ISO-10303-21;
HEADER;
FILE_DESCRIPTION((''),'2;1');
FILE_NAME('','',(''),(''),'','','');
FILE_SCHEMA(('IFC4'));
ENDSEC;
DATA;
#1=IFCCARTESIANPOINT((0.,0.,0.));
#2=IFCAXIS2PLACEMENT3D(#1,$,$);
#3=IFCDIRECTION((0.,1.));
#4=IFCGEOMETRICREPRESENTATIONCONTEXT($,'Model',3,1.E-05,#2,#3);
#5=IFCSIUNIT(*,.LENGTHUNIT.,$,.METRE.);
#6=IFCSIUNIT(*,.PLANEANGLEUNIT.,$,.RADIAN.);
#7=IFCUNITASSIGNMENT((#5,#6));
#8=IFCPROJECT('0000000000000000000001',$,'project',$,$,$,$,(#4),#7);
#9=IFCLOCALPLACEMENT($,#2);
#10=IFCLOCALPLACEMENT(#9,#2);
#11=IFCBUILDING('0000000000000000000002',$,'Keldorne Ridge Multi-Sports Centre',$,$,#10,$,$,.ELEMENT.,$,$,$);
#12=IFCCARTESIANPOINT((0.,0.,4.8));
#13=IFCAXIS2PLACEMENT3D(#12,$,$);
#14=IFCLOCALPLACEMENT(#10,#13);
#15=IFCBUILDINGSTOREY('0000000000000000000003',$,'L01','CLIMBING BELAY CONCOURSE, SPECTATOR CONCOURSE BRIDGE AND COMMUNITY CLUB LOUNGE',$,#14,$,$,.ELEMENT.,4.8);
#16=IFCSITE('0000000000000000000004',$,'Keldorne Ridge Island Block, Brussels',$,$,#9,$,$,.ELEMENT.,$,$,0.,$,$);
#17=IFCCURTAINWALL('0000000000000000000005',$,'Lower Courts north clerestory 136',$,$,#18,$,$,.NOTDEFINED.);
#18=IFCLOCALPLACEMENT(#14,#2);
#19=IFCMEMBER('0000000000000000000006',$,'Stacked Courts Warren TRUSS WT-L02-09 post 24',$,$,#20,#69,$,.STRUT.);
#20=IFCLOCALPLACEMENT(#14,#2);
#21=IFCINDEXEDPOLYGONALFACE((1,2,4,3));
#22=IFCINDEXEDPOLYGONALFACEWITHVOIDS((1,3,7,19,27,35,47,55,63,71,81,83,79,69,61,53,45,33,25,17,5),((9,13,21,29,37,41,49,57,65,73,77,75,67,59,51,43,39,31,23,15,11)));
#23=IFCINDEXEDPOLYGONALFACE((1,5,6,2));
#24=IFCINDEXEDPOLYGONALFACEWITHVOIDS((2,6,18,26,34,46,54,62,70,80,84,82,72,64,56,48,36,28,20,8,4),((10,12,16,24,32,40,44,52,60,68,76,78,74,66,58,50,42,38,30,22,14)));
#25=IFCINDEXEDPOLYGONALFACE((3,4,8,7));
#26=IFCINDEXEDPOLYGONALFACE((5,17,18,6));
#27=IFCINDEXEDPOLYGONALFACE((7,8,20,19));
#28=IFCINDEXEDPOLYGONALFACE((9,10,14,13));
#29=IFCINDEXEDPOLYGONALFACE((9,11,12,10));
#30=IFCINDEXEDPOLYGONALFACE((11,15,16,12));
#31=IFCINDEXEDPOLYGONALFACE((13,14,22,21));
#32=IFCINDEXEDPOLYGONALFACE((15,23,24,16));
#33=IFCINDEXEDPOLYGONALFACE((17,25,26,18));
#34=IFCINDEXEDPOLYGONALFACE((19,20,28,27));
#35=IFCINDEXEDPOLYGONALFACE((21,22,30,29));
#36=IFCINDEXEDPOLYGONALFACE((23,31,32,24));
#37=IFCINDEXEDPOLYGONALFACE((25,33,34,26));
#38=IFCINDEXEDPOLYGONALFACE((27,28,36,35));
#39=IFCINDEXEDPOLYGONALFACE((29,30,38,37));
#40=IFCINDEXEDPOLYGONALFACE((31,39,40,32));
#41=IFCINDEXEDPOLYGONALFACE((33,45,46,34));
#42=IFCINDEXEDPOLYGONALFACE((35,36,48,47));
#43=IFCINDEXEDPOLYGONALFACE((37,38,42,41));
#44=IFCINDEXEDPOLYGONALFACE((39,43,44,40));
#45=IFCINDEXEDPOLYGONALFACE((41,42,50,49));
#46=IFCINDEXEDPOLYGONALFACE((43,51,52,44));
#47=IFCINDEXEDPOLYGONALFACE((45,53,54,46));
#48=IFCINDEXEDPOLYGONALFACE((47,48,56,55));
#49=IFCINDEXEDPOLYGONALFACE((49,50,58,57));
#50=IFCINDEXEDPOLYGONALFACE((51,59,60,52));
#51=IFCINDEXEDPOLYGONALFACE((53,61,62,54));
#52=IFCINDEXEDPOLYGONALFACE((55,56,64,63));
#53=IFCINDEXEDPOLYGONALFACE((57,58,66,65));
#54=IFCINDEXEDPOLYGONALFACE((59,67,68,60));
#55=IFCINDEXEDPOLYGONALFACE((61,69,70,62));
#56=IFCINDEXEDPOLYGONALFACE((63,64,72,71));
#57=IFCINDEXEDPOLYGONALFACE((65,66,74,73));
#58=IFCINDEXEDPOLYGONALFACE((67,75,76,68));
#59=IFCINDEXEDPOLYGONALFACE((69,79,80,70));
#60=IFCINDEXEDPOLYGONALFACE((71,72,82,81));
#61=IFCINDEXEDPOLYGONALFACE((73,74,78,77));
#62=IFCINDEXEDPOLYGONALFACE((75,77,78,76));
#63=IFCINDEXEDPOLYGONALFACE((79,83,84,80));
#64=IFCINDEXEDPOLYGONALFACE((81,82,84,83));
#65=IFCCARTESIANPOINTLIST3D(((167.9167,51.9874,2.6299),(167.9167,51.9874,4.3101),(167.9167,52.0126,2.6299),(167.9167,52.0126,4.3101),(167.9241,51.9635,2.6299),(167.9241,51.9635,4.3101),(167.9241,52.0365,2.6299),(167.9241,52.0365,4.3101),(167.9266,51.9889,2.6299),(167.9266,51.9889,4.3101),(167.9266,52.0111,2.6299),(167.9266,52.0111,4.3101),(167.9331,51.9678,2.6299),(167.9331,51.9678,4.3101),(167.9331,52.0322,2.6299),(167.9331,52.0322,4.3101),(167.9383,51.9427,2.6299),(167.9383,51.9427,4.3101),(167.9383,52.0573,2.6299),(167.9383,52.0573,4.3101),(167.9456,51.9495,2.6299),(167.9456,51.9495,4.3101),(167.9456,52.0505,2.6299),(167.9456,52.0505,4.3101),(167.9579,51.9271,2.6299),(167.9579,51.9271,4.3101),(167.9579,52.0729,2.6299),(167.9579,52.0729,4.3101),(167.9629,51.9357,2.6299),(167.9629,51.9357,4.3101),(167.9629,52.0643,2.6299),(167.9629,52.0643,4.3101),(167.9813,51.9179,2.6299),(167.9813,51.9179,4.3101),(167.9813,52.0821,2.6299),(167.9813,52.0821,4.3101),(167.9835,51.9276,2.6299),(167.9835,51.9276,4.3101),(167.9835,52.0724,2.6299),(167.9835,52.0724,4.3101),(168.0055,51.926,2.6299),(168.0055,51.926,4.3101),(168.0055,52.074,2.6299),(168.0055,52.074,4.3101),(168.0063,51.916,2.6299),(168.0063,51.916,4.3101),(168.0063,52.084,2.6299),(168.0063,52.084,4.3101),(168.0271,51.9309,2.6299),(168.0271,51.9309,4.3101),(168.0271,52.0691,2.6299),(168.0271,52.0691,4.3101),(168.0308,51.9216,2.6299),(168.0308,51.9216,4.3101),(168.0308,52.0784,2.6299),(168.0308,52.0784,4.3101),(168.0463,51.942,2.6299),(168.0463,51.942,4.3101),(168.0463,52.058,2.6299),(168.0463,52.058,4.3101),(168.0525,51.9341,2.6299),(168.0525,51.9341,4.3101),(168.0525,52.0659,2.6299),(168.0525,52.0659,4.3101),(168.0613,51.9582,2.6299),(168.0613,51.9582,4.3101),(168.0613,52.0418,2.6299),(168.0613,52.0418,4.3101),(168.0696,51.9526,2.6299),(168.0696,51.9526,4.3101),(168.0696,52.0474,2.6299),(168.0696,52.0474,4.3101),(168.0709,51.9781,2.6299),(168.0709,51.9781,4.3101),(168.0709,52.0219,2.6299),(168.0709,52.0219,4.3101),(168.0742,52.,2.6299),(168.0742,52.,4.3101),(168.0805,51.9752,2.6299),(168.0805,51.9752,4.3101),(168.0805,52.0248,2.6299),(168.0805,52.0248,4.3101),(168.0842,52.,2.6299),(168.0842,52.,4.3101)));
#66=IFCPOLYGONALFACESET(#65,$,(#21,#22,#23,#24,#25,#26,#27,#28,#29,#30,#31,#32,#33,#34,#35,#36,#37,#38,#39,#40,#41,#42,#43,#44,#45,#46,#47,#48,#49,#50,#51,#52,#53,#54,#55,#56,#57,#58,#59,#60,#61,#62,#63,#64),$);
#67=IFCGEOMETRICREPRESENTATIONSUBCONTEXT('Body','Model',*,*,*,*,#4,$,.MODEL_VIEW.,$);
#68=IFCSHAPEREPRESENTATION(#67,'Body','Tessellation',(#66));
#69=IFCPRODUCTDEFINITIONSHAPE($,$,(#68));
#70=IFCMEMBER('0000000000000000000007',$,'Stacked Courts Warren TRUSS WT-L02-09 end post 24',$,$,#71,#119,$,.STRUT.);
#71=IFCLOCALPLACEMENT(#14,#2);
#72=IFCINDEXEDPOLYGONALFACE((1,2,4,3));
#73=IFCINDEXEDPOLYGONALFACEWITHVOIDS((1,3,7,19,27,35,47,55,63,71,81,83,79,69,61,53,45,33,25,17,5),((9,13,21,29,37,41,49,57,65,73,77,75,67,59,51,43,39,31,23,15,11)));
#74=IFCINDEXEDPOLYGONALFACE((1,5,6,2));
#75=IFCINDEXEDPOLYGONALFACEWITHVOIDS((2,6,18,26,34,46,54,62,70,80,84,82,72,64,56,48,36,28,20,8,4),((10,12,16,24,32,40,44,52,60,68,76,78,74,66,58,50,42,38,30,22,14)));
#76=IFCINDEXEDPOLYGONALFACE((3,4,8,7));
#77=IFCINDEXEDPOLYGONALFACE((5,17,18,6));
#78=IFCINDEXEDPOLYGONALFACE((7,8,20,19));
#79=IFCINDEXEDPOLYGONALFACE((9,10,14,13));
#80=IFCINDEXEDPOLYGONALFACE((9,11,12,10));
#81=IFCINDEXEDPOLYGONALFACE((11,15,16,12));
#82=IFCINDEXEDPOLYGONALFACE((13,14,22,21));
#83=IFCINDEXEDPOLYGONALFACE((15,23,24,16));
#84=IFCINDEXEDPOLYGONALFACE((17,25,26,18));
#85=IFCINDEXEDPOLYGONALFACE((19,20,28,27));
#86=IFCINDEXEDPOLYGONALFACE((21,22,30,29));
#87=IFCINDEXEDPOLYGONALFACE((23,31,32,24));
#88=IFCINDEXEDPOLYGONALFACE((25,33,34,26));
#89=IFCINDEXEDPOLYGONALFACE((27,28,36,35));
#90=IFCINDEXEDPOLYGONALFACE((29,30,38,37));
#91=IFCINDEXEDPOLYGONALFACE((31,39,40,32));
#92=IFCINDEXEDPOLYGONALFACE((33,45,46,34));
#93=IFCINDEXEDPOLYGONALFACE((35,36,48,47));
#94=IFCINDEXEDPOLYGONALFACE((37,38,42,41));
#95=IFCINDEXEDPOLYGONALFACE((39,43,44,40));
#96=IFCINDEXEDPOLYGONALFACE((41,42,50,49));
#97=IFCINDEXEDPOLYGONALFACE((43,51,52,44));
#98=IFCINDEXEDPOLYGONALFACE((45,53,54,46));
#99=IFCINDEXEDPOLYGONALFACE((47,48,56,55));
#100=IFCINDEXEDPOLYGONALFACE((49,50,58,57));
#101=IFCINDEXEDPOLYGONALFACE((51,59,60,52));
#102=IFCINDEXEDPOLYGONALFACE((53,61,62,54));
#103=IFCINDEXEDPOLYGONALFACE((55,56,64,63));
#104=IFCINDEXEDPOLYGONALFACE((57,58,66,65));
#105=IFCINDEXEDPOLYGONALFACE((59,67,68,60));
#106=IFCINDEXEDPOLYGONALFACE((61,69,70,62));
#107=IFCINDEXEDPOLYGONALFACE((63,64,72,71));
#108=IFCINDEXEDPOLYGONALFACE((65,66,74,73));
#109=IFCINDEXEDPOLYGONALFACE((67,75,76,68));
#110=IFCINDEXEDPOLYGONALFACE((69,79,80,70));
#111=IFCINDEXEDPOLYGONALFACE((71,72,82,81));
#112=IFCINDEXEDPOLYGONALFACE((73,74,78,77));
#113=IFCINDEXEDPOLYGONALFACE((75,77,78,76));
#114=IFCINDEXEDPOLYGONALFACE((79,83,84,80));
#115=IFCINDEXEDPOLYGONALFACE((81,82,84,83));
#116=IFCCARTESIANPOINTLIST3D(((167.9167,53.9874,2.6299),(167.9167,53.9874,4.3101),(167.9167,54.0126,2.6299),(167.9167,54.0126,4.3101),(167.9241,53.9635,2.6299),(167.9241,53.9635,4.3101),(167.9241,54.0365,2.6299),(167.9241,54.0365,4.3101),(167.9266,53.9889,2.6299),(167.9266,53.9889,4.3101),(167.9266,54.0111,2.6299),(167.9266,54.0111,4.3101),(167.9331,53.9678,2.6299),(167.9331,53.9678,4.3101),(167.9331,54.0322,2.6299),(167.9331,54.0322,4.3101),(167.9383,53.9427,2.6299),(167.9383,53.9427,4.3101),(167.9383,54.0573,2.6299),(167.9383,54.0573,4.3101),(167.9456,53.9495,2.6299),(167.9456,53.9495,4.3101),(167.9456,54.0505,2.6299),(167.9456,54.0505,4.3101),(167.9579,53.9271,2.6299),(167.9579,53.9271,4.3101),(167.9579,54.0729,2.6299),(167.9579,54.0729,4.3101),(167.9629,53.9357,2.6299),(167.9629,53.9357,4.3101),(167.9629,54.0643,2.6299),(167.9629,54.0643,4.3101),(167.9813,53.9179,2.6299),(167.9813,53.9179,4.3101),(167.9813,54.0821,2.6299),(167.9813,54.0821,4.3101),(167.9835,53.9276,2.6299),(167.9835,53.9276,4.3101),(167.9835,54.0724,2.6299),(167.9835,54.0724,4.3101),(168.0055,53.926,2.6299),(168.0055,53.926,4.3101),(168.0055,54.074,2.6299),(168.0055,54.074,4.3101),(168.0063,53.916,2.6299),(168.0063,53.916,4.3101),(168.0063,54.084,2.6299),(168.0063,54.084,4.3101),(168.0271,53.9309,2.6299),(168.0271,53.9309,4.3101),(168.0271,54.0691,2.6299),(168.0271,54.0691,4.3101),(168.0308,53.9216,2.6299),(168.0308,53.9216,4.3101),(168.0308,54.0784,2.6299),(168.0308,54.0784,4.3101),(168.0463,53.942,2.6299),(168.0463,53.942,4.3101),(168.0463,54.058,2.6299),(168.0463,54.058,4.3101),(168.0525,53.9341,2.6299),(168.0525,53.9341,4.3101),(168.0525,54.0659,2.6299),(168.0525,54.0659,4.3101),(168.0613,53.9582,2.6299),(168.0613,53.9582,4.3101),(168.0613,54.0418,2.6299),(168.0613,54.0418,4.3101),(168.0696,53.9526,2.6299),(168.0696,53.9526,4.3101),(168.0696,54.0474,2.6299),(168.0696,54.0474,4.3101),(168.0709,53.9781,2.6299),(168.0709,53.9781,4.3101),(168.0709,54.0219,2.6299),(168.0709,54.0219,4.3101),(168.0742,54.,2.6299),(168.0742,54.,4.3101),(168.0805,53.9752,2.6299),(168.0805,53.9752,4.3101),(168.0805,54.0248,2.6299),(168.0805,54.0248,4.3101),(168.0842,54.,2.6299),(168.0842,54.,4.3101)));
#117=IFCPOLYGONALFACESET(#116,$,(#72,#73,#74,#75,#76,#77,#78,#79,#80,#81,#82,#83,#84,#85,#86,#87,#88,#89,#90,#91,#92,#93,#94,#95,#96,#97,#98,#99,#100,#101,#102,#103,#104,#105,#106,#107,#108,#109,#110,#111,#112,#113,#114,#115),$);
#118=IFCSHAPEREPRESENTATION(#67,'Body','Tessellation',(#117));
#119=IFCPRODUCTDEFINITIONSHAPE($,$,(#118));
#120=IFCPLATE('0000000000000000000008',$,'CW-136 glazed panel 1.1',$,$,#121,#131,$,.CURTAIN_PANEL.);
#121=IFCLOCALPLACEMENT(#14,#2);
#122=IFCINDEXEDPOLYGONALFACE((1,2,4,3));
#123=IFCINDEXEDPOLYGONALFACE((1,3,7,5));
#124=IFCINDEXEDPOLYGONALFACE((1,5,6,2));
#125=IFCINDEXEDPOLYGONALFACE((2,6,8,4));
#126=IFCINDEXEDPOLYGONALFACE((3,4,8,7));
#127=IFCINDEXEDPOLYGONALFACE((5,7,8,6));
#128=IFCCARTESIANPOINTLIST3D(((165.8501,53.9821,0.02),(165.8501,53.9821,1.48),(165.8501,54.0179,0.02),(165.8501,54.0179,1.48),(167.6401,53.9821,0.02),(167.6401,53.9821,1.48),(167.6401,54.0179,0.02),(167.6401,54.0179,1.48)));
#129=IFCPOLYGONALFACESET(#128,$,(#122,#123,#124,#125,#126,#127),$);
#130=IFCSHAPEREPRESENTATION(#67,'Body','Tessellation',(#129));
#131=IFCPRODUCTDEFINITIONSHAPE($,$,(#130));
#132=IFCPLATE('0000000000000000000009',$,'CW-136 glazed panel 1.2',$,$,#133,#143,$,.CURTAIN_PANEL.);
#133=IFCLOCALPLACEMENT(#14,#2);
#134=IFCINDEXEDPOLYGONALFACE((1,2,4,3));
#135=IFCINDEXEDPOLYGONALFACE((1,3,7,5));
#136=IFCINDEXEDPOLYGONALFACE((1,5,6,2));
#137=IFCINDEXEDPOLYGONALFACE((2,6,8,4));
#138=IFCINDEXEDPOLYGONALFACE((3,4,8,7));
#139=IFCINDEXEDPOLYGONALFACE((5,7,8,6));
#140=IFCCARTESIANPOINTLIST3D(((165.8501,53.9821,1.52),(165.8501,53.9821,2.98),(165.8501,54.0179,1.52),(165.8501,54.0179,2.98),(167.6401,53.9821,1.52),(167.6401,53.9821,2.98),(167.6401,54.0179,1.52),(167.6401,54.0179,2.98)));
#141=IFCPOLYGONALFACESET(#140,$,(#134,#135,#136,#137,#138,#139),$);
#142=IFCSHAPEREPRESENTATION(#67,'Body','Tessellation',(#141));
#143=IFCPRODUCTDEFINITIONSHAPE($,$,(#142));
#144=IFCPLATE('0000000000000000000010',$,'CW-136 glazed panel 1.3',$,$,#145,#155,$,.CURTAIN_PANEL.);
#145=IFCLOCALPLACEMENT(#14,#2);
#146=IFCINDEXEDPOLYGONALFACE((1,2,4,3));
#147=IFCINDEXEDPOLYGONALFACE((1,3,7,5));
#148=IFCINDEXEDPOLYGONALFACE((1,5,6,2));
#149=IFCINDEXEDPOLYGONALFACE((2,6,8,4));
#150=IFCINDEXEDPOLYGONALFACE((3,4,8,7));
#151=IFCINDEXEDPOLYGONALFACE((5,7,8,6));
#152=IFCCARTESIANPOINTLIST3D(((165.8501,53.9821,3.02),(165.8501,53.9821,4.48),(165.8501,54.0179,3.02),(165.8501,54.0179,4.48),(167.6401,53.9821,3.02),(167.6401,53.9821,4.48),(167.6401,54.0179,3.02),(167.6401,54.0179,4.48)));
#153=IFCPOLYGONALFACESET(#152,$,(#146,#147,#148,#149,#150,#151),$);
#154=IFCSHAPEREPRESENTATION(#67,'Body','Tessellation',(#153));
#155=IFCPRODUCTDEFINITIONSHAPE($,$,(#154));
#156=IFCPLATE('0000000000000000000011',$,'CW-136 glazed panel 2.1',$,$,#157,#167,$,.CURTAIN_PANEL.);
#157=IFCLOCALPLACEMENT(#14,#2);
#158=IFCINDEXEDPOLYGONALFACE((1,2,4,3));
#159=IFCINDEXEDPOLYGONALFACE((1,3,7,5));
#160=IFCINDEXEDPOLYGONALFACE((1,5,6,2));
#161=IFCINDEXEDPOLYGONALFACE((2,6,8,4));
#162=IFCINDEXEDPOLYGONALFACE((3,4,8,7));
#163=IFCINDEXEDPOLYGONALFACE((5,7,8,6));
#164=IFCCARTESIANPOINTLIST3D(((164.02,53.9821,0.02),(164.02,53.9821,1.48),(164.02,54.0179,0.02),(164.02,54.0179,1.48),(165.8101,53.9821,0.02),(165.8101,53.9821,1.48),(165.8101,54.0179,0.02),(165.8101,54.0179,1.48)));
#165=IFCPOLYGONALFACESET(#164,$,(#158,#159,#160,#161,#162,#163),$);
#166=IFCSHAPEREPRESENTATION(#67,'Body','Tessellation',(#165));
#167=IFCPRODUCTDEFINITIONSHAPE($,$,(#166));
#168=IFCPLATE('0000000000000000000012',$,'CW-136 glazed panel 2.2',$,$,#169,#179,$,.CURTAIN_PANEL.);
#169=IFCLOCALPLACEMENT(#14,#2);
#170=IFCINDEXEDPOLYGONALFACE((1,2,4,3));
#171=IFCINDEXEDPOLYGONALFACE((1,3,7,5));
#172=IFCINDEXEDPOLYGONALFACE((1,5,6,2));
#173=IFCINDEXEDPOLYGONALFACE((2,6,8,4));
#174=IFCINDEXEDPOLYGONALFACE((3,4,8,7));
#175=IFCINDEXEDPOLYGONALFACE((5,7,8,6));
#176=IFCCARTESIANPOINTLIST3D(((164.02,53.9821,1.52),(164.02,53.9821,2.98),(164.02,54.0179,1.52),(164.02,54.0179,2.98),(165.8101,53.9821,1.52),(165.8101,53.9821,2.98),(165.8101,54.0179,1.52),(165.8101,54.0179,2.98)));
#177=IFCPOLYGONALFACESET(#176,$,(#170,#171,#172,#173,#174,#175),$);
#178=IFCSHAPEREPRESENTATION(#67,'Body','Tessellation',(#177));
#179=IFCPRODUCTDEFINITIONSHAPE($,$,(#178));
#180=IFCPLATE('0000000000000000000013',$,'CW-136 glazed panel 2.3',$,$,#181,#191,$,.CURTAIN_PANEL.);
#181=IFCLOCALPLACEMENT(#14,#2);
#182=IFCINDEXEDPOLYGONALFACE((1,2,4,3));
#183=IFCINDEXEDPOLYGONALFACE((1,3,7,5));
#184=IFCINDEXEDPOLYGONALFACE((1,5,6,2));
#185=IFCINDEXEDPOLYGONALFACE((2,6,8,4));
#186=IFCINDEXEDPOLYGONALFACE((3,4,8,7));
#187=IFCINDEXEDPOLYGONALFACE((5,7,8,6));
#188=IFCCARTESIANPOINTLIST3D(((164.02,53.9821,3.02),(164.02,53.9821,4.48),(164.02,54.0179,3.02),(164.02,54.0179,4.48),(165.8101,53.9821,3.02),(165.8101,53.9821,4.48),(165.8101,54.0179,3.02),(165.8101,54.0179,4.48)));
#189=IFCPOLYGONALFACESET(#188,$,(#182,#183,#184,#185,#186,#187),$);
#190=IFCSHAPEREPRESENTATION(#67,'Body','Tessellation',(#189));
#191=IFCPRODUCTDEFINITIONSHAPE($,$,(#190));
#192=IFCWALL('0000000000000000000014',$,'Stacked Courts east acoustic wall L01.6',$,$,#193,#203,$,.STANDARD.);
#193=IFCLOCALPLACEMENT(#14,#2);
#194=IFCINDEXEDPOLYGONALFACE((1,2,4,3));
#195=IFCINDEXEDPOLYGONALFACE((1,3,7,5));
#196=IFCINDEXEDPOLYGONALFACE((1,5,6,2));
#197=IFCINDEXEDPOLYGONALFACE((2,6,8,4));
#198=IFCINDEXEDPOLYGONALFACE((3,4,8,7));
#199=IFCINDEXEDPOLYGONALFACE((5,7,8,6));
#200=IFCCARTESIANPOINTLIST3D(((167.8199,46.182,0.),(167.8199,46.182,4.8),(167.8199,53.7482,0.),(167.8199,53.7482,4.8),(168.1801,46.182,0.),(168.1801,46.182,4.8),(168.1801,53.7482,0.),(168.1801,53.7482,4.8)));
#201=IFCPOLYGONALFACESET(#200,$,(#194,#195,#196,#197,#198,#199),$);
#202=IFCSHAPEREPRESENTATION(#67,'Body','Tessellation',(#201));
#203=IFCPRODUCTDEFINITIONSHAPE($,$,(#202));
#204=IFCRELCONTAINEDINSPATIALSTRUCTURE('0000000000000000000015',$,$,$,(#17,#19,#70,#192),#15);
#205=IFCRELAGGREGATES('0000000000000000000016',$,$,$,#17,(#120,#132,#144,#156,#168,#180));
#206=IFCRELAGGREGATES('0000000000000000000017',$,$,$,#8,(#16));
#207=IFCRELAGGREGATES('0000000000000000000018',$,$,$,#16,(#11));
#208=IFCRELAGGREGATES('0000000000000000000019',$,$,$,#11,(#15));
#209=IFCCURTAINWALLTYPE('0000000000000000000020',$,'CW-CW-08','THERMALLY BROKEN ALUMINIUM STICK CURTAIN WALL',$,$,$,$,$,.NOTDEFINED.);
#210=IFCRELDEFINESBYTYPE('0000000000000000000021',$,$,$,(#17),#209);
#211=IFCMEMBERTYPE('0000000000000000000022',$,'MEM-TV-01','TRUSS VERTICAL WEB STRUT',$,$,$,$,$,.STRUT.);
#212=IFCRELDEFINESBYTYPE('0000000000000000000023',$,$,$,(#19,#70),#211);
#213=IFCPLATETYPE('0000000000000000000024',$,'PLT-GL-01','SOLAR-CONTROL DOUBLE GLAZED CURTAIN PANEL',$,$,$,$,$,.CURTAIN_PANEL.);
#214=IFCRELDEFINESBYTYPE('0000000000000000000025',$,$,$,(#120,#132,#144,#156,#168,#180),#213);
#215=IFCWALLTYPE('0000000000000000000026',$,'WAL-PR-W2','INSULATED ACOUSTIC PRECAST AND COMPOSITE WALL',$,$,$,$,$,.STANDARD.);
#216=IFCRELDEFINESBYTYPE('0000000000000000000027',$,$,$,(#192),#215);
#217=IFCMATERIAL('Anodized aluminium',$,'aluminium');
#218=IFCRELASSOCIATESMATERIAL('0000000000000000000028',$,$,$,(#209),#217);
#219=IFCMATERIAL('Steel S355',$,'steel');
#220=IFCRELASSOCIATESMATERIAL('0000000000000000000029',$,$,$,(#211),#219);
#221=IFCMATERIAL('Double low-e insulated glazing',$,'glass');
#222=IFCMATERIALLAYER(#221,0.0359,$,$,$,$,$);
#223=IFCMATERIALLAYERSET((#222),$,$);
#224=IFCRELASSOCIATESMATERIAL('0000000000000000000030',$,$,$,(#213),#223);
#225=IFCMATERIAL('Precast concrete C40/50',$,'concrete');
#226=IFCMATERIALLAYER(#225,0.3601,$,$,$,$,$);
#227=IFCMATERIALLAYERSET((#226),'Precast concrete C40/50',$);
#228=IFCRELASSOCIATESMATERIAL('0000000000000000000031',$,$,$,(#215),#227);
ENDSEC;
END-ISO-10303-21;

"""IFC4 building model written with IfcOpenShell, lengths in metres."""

from ifc_helpers import new_model, si_unit, direction, frame, frame_2d, origin, origin_2d, place, context, subcontext, project, spatial, rectangle, hollow_circle, extrude, material, layer, layer_set, material_profile, profile_set, type_object, element, aggregate, save


model = new_model("IFC4")

# Units and contexts
model_context = context("Model", 3, precision=1e-05, world=origin(), true_north=direction((0.0, 1.0)))
body_context = subcontext(model_context, "Body", "Model", "MODEL_VIEW")
ifc_project = project(units=[si_unit("LENGTHUNIT", "METRE"), si_unit("PLANEANGLEUNIT", "RADIAN")], contexts=[model_context])

# Site, building, storey
site_placement = place(None, origin())
site = spatial("IfcSite", under=ifc_project, at=site_placement, Name="Keldorne Ridge Island Block, Brussels", CompositionType="ELEMENT", RefElevation=0.0)
building_placement = place(site_placement, origin())
building = spatial("IfcBuilding", under=site, at=building_placement, Name="Keldorne Ridge Multi-Sports Centre", CompositionType="ELEMENT")
storey_placement = place(building_placement, frame((0.0, 0.0, 4.8)))
storey = spatial("IfcBuildingStorey", under=building, at=storey_placement, Name="L01", Description="CLIMBING BELAY CONCOURSE, SPECTATOR CONCOURSE BRIDGE AND COMMUNITY CLUB LOUNGE", CompositionType="ELEMENT", Elevation=4.8)

# Shared definitions
ifc_material_1 = material(Name="Steel S355", Category="steel")

# Curtain wall
ifc_material_2 = material(Name="Anodized aluminium", Category="aluminium")
curtain_wall_type = type_object("IfcCurtainWallType", Name="CW-CW-08", Description="THERMALLY BROKEN ALUMINIUM STICK CURTAIN WALL", PredefinedType="NOTDEFINED", material=ifc_material_2)
curtain_wall_placement = place(storey_placement, origin())
curtain_wall = element("IfcCurtainWall", 1, at=curtain_wall_placement, inside=storey, type_object=curtain_wall_type, Name="Lower Courts north clerestory 136", PredefinedType="NOTDEFINED")

# Members
ifc_material_profile_1 = material_profile(ifc_material_1, hollow_circle(Radius=0.0842, WallThickness=0.01, at=origin_2d()), Name="CHS 168.3x10")
ifc_profile_set_1 = profile_set([ifc_material_profile_1], Name="Steel S355")
member_type_1 = type_object("IfcMemberType", Name="MEM-TV-01", Description="TRUSS VERTICAL WEB STRUT", PredefinedType="STRUT", material=ifc_profile_set_1)
for number, where, z_axis, x_axis, name in (
    (2, (168.0, 52.0, 2.6299), (0.0, 0.0, 1.0), (1.0, 0.0, 0.0), "Stacked Courts Warren TRUSS WT-L02-09 post 24"),
    (3, (168.0, 54.0, 2.6299), (0.0, 0.0, 1.0), (1.0, 0.0, 0.0), "Stacked Courts Warren TRUSS WT-L02-09 end post 24"),
):
    element("IfcMember", number, at=place(storey_placement, frame(where, z_axis=z_axis, x_axis=x_axis)), inside=storey, type_object=member_type_1, Name=name, PredefinedType="STRUT", context=body_context, shape_type="SweptSolid", body=[
        extrude(hollow_circle(Radius=0.0842, WallThickness=0.01, at=origin_2d()), origin(), (0.0, 0.0, 1.0), 1.6802),
    ])

# Plates
ifc_material_3 = material(Name="Double low-e insulated glazing", Category="glass")
ifc_layer_1 = layer(ifc_material_3, 0.0359)
ifc_layer_set_1 = layer_set([ifc_layer_1])
plate_type = type_object("IfcPlateType", Name="PLT-GL-01", Description="SOLAR-CONTROL DOUBLE GLAZED CURTAIN PANEL", PredefinedType="CURTAIN_PANEL", material=ifc_layer_set_1)
plate_1_placement = place(storey_placement, frame((166.7451, 54.0, 0.02), z_axis=(0.0, 0.0, 1.0), x_axis=(-1.0, 0.0, 0.0)))
plate_1 = element("IfcPlate", 4, at=plate_1_placement, type_object=plate_type, Name="CW-136 glazed panel 1.1", PredefinedType="CURTAIN_PANEL", context=body_context, shape_type="SweptSolid", body=[
    extrude(rectangle(XDim=1.79, YDim=0.0359, at=origin_2d()), origin(), (0.0, 0.0, 1.0), 1.46),
])
plate_2_placement = place(storey_placement, frame((166.7451, 54.0, 1.52), z_axis=(0.0, 0.0, 1.0), x_axis=(-1.0, 0.0, 0.0)))
plate_2 = element("IfcPlate", 5, at=plate_2_placement, type_object=plate_type, Name="CW-136 glazed panel 1.2", PredefinedType="CURTAIN_PANEL", context=body_context, shape_type="SweptSolid", body=[
    extrude(rectangle(XDim=1.79, YDim=0.0359, at=origin_2d()), origin(), (0.0, 0.0, 1.0), 1.46),
])
plate_3_placement = place(storey_placement, frame((166.7451, 54.0, 3.02), z_axis=(0.0, 0.0, 1.0), x_axis=(-1.0, 0.0, 0.0)))
plate_3 = element("IfcPlate", 6, at=plate_3_placement, type_object=plate_type, Name="CW-136 glazed panel 1.3", PredefinedType="CURTAIN_PANEL", context=body_context, shape_type="SweptSolid", body=[
    extrude(rectangle(XDim=1.79, YDim=0.0359, at=origin_2d()), origin(), (0.0, 0.0, 1.0), 1.46),
])
plate_4_placement = place(storey_placement, frame((164.915, 54.0, 0.02), z_axis=(0.0, 0.0, 1.0), x_axis=(-1.0, 0.0, 0.0)))
plate_4 = element("IfcPlate", 7, at=plate_4_placement, type_object=plate_type, Name="CW-136 glazed panel 2.1", PredefinedType="CURTAIN_PANEL", context=body_context, shape_type="SweptSolid", body=[
    extrude(rectangle(XDim=1.79, YDim=0.0359, at=origin_2d()), origin(), (0.0, 0.0, 1.0), 1.46),
])
plate_5_placement = place(storey_placement, frame((164.915, 54.0, 1.52), z_axis=(0.0, 0.0, 1.0), x_axis=(-1.0, 0.0, 0.0)))
plate_5 = element("IfcPlate", 8, at=plate_5_placement, type_object=plate_type, Name="CW-136 glazed panel 2.2", PredefinedType="CURTAIN_PANEL", context=body_context, shape_type="SweptSolid", body=[
    extrude(rectangle(XDim=1.79, YDim=0.0359, at=origin_2d()), origin(), (0.0, 0.0, 1.0), 1.46),
])
plate_6_placement = place(storey_placement, frame((164.915, 54.0, 3.02), z_axis=(0.0, 0.0, 1.0), x_axis=(-1.0, 0.0, 0.0)))
plate_6 = element("IfcPlate", 9, at=plate_6_placement, type_object=plate_type, Name="CW-136 glazed panel 2.3", PredefinedType="CURTAIN_PANEL", context=body_context, shape_type="SweptSolid", body=[
    extrude(rectangle(XDim=1.79, YDim=0.0359, at=origin_2d()), origin(), (0.0, 0.0, 1.0), 1.46),
])
aggregate(curtain_wall, [plate_1, plate_2, plate_3, plate_4, plate_5, plate_6])

# Wall
ifc_material_4 = material(Name="Precast concrete C40/50", Category="concrete")
ifc_layer_2 = layer(ifc_material_4, 0.3601)
ifc_layer_set_2 = layer_set([ifc_layer_2], Name="Precast concrete C40/50")
wall_type = type_object("IfcWallType", Name="WAL-PR-W2", Description="INSULATED ACOUSTIC PRECAST AND COMPOSITE WALL", PredefinedType="STANDARD", material=ifc_layer_set_2)
wall_placement = place(storey_placement, frame((168.0, 46.1819, 0.0), z_axis=(0.0, 0.0, 1.0), x_axis=(0.0, 1.0, 0.0)))
element("IfcWall", 10, at=wall_placement, inside=storey, type_object=wall_type, Name="Stacked Courts east acoustic wall L01.6", PredefinedType="STANDARD", context=body_context, shape_type="SweptSolid", body=[
    extrude(rectangle(XDim=7.5662, YDim=0.3601, at=frame_2d((3.7832, 0.0))), origin(), (0.0, 0.0, 1.0), 4.8),
])

save(model, "model.ifc")
